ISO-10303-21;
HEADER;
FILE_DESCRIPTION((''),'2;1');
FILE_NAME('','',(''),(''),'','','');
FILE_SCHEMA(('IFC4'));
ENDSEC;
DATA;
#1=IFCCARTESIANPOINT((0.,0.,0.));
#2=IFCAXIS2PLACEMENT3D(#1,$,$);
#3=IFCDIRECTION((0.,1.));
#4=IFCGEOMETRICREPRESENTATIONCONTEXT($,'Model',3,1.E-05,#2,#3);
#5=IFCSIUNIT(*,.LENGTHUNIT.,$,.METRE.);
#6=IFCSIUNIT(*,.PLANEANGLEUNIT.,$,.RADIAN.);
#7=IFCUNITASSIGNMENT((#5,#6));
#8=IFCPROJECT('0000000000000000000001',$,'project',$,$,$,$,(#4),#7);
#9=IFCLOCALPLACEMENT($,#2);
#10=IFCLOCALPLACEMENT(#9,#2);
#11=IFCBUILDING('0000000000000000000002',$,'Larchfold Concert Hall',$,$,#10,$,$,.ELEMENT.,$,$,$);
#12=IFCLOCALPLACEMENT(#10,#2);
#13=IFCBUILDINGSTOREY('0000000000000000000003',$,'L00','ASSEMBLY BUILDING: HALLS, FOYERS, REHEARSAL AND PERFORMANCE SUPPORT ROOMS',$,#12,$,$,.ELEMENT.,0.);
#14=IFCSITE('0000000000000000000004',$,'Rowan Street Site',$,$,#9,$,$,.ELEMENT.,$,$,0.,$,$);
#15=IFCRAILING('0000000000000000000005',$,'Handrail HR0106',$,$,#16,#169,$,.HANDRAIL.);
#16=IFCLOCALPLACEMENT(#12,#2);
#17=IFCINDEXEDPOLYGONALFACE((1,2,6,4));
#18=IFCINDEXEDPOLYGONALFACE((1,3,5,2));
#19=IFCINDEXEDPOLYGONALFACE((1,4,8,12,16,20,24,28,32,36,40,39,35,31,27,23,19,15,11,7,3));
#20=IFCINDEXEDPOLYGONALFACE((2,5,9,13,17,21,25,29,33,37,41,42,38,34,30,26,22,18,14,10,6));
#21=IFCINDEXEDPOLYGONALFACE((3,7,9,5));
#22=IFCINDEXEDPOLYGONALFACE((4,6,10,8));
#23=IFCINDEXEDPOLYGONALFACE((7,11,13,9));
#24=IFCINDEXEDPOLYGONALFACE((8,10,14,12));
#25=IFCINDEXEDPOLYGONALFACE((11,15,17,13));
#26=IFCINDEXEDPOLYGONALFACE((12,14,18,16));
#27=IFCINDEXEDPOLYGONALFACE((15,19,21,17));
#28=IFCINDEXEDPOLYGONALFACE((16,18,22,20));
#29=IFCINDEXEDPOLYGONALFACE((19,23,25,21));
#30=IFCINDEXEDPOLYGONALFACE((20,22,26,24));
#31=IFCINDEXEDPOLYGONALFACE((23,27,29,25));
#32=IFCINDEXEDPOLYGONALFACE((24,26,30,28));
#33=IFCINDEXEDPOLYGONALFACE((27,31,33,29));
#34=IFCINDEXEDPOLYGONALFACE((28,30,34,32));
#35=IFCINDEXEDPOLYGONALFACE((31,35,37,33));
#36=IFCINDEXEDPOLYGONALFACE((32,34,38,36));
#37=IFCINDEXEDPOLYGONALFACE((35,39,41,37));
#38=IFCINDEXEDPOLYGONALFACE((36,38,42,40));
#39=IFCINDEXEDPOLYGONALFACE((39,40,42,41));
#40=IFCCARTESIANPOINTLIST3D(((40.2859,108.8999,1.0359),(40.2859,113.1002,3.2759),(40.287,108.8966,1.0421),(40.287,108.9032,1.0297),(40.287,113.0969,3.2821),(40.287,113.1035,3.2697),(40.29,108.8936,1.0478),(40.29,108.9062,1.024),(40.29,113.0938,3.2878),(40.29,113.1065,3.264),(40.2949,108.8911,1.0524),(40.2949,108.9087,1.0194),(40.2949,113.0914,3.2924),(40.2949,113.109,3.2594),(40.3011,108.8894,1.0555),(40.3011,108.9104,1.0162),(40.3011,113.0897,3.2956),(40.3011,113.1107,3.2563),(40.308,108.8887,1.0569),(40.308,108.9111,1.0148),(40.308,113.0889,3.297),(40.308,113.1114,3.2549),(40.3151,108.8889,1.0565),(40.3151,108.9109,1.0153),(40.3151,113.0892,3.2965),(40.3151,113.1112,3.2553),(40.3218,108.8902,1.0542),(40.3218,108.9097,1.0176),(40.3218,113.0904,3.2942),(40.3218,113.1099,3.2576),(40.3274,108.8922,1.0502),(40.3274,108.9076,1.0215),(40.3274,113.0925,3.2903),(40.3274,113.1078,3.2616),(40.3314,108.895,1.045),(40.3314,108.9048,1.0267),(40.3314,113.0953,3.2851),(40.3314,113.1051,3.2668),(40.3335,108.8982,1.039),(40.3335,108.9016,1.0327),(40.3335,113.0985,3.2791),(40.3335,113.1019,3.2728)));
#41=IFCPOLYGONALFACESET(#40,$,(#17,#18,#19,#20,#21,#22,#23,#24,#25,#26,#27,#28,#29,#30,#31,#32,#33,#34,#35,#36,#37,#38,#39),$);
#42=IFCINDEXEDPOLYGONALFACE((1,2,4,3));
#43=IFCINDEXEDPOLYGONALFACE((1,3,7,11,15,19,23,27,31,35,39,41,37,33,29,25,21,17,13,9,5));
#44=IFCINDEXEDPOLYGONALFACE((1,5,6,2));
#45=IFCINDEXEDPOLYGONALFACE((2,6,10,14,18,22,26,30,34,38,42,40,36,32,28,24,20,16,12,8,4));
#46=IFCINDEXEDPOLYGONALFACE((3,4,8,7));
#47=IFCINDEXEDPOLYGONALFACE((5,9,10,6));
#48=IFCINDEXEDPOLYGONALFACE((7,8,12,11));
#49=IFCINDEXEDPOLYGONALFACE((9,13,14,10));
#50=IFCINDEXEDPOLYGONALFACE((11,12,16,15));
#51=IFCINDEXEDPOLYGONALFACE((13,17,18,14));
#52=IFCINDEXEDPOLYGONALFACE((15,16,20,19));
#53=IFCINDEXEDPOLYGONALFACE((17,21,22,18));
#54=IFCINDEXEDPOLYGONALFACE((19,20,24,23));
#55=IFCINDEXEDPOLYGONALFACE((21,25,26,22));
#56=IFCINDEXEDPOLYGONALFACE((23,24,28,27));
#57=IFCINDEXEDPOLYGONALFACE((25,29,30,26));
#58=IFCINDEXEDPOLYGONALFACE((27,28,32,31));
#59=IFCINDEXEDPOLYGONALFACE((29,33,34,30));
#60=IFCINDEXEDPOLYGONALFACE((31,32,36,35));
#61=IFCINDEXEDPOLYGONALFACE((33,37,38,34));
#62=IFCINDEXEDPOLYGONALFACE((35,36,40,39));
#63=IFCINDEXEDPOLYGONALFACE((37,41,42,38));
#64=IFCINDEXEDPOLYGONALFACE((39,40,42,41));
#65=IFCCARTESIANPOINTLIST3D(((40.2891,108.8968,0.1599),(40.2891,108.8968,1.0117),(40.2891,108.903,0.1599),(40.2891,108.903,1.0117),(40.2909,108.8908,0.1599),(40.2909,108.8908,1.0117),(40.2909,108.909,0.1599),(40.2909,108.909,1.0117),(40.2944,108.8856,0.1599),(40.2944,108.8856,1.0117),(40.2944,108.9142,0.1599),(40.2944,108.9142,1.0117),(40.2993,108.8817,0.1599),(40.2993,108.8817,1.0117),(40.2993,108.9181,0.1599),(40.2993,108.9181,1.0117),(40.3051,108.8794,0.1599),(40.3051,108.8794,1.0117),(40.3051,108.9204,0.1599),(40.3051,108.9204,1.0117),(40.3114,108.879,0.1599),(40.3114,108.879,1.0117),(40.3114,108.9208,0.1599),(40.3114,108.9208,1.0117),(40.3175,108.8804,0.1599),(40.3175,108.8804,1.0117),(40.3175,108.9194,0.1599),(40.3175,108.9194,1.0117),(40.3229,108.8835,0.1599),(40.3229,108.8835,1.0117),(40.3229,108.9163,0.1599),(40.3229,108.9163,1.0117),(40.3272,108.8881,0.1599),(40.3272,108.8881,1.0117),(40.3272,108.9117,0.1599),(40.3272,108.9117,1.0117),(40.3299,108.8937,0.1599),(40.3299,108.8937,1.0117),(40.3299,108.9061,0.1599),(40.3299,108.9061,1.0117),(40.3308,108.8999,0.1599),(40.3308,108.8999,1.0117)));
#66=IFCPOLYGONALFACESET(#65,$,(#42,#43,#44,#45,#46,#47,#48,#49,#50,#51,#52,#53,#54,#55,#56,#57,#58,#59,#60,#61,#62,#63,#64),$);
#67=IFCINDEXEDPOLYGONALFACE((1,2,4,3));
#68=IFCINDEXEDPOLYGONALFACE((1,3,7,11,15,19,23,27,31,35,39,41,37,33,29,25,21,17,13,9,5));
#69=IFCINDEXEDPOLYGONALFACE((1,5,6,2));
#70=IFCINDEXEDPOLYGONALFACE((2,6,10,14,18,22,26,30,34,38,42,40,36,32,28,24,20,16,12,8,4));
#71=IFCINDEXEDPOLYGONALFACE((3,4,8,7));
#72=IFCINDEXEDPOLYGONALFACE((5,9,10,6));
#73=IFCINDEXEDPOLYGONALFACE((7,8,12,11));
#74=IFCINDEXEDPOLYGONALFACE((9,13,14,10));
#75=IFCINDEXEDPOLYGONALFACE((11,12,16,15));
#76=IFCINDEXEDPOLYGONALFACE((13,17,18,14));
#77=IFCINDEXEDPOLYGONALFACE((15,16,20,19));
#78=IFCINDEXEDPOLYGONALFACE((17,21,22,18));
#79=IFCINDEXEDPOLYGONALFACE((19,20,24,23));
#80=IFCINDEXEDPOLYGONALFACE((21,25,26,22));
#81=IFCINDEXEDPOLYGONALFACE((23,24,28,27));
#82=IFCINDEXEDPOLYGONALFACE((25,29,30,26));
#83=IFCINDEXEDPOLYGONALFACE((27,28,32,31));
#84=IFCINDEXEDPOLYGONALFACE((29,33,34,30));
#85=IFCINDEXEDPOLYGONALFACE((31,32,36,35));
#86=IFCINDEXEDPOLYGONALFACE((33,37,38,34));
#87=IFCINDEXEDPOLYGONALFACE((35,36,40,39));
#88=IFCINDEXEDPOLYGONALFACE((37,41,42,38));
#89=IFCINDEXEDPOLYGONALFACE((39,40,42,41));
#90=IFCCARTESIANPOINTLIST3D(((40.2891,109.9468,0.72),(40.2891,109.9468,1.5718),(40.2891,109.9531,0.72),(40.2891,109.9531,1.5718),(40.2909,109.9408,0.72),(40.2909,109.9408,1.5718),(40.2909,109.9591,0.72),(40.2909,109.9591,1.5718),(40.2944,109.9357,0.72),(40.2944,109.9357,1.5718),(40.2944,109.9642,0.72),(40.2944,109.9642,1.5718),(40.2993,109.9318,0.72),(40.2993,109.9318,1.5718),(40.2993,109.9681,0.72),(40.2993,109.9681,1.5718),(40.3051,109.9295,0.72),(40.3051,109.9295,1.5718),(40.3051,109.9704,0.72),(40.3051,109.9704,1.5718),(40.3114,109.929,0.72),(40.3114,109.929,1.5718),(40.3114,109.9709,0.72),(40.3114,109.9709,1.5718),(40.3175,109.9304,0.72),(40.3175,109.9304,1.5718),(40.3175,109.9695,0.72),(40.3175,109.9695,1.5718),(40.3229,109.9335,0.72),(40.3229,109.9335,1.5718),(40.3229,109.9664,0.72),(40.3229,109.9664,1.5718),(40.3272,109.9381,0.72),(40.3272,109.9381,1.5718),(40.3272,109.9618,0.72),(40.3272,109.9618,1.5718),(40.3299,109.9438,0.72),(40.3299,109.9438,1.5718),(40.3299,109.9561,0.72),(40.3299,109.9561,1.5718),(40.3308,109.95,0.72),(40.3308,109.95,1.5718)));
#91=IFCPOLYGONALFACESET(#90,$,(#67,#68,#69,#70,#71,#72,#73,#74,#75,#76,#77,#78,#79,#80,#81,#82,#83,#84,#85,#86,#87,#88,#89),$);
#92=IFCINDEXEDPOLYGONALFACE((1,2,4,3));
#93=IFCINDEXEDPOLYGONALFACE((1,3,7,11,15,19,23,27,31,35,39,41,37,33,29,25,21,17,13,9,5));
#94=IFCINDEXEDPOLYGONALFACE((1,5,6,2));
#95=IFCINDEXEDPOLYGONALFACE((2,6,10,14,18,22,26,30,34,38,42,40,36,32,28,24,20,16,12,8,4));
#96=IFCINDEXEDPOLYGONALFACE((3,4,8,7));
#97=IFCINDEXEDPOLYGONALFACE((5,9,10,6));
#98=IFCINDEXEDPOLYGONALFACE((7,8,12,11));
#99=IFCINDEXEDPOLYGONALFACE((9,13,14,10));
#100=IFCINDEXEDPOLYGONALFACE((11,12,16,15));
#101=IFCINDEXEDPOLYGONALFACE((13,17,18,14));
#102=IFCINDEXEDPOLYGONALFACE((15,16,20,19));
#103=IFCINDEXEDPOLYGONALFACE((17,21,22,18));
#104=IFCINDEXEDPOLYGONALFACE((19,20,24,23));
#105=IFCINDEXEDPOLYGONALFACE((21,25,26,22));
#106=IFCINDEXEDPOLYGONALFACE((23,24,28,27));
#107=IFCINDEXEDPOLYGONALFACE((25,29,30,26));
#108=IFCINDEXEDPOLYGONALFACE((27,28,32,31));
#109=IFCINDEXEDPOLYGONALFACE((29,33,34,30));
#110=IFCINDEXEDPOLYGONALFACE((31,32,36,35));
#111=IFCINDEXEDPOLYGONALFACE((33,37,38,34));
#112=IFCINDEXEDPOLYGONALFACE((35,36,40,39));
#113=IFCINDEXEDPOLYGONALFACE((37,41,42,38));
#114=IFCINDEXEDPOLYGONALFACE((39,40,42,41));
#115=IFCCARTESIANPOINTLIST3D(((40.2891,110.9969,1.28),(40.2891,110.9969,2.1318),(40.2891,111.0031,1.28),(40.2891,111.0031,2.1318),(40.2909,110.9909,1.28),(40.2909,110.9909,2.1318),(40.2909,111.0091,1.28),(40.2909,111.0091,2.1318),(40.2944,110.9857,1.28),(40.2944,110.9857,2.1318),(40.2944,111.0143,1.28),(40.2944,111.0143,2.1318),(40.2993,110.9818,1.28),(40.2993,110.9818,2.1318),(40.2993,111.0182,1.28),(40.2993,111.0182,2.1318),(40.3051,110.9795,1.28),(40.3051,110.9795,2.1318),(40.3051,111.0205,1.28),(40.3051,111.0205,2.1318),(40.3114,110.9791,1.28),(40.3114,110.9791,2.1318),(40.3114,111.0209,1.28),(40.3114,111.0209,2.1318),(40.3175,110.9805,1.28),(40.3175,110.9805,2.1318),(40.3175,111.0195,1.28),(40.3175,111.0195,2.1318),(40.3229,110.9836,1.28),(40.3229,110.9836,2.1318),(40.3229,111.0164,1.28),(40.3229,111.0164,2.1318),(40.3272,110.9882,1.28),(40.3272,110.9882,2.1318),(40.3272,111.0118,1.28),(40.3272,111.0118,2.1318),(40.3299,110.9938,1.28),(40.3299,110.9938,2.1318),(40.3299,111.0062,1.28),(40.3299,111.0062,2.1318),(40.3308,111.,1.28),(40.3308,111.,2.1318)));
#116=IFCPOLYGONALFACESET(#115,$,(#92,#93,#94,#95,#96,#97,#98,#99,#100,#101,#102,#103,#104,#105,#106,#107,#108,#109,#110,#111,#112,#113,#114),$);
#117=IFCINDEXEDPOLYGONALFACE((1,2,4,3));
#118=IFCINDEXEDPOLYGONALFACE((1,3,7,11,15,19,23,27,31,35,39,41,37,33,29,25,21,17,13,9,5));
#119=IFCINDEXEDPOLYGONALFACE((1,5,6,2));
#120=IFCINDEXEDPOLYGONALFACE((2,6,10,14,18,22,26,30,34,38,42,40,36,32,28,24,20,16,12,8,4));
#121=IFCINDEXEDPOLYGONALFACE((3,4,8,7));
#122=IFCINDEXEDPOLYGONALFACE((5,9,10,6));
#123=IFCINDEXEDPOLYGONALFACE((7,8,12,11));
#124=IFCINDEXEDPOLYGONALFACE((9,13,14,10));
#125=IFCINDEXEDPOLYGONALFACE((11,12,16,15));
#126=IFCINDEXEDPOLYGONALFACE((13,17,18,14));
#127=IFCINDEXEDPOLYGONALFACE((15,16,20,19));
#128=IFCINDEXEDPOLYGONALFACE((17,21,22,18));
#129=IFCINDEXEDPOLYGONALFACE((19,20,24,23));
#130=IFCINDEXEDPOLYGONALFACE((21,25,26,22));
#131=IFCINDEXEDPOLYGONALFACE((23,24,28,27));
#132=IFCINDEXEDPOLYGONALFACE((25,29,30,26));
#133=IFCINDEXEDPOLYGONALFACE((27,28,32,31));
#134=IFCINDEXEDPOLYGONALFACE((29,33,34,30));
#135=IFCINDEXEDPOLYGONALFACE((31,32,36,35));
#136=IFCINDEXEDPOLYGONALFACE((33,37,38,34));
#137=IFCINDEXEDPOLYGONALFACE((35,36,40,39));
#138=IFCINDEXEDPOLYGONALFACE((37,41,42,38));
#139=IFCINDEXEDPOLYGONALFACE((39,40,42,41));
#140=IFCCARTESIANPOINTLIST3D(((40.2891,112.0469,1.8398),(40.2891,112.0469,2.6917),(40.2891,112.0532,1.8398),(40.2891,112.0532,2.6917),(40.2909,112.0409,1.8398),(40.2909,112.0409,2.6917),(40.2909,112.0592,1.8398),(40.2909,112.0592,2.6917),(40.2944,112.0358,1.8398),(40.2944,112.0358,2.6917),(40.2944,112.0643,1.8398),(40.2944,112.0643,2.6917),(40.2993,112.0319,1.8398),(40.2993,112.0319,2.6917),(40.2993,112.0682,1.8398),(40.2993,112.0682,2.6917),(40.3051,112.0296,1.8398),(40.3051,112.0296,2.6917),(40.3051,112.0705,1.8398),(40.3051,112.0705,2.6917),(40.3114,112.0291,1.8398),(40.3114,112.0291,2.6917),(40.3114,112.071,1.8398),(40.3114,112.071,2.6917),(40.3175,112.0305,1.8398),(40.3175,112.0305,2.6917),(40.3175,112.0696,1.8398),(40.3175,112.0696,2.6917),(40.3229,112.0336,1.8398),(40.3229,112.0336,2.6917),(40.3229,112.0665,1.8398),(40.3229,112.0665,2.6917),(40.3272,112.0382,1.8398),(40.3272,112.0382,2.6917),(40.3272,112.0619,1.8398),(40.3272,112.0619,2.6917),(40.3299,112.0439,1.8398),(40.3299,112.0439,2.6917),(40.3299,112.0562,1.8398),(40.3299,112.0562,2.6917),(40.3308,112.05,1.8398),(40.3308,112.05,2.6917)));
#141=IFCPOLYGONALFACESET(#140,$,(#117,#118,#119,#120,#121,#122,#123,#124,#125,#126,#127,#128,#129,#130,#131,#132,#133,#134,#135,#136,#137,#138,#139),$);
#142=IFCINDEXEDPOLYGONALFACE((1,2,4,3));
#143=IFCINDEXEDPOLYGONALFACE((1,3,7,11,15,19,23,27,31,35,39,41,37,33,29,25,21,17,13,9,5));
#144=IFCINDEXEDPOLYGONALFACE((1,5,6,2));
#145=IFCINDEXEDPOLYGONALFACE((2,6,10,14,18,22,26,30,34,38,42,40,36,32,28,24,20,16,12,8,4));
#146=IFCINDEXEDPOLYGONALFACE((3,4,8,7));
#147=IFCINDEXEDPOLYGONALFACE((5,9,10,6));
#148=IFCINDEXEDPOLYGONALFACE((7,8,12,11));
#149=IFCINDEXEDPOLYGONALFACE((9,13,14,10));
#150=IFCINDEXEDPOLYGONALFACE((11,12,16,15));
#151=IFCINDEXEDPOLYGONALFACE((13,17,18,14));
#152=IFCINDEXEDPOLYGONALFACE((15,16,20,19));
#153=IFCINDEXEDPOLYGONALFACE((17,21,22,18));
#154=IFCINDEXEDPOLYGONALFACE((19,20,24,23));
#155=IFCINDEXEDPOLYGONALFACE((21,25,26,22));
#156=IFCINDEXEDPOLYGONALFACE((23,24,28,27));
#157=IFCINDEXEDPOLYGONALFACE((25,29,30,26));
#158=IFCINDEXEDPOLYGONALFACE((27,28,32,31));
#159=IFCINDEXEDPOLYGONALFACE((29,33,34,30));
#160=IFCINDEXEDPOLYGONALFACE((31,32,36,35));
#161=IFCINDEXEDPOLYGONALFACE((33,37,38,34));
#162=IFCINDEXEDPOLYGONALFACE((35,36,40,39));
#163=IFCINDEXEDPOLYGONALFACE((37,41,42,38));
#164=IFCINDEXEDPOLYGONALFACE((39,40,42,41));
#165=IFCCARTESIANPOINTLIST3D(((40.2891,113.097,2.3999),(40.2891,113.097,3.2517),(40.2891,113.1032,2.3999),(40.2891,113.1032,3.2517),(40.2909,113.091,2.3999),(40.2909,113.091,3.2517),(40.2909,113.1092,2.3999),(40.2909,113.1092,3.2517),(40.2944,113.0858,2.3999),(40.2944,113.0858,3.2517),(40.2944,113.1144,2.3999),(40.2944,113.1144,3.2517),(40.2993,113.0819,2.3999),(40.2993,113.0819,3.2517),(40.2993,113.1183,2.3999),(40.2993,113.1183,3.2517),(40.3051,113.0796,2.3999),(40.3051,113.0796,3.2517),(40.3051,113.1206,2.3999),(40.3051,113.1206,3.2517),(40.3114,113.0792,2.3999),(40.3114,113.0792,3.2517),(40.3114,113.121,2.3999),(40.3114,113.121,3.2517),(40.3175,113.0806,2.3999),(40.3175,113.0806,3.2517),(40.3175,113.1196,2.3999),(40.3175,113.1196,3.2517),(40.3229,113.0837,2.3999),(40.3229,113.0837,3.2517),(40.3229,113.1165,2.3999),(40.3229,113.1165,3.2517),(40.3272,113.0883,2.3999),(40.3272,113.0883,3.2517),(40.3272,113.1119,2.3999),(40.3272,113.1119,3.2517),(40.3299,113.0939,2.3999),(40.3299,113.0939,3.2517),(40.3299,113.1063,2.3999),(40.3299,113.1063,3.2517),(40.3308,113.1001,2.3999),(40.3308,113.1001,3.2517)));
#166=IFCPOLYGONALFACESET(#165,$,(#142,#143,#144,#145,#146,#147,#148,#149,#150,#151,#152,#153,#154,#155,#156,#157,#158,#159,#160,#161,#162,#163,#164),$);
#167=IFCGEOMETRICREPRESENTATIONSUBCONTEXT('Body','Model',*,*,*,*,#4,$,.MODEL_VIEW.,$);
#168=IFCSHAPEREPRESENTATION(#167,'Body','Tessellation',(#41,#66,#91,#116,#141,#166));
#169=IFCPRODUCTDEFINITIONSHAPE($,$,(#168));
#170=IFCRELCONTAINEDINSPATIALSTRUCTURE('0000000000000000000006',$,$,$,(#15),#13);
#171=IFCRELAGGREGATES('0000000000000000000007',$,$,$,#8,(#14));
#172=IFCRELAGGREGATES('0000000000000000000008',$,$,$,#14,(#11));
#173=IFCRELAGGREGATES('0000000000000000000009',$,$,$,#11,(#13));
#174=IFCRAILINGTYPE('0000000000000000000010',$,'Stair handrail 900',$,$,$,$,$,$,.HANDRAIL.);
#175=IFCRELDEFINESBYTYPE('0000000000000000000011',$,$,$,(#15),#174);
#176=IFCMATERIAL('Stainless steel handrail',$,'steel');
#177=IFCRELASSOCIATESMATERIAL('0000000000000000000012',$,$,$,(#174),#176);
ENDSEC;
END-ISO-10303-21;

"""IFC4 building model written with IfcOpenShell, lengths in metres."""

from ifc_helpers import new_model, si_unit, direction, frame, origin, origin_2d, place, context, subcontext, project, spatial, circle, extrude, material, type_object, element, save


model = new_model("IFC4")

# Units and contexts
model_context = context("Model", 3, precision=1e-05, world=origin(), true_north=direction((0.0, 1.0)))
body_context = subcontext(model_context, "Body", "Model", "MODEL_VIEW")
ifc_project = project(units=[si_unit("LENGTHUNIT", "METRE"), si_unit("PLANEANGLEUNIT", "RADIAN")], contexts=[model_context])

# Site, building, storey
site_placement = place(None, origin())
site = spatial("IfcSite", under=ifc_project, at=site_placement, Name="Rowan Street Site", CompositionType="ELEMENT", RefElevation=0.0)
building_placement = place(site_placement, origin())
building = spatial("IfcBuilding", under=site, at=building_placement, Name="Larchfold Concert Hall", CompositionType="ELEMENT")
storey_placement = place(building_placement, origin())
storey = spatial("IfcBuildingStorey", under=building, at=storey_placement, Name="L00", Description="ASSEMBLY BUILDING: HALLS, FOYERS, REHEARSAL AND PERFORMANCE SUPPORT ROOMS", CompositionType="ELEMENT", Elevation=0.0)

# Railing
ifc_material_1 = material(Name="Stainless steel handrail", Category="steel")
railing_type_1 = type_object("IfcRailingType", Name="Stair handrail 900", PredefinedType="HANDRAIL", material=ifc_material_1)
for number, where, name in (
    (1, (40.3098, 108.8999, 0.1599), "Handrail HR0106"),
):
    element("IfcRailing", number, at=place(storey_placement, frame(where)), inside=storey, type_object=railing_type_1, Name=name, PredefinedType="HANDRAIL", context=body_context, shape_type="SweptSolid", body=[
        extrude(circle(Radius=0.0239, at=origin_2d()), frame((0.0, 0.0, 0.876), z_axis=(0.0, 0.882363, 0.47057), x_axis=(-1.0, 0.0, 0.0)), (0.0, 0.0, 1.0), 4.7603),
        extrude(circle(Radius=0.021, at=origin_2d()), origin(), (0.0, 0.0, 1.0), 0.8518),
        extrude(circle(Radius=0.021, at=origin_2d()), frame((0.0, 1.05, 0.5601)), (0.0, 0.0, 1.0), 0.8518),
        extrude(circle(Radius=0.021, at=origin_2d()), frame((0.0, 2.1001, 1.1201)), (0.0, 0.0, 1.0), 0.8518),
        extrude(circle(Radius=0.021, at=origin_2d()), frame((0.0, 3.1501, 1.6799)), (0.0, 0.0, 1.0), 0.8518),
        extrude(circle(Radius=0.021, at=origin_2d()), frame((0.0, 4.2002, 2.24)), (0.0, 0.0, 1.0), 0.8518),
    ])

save(model, "model.ifc")
